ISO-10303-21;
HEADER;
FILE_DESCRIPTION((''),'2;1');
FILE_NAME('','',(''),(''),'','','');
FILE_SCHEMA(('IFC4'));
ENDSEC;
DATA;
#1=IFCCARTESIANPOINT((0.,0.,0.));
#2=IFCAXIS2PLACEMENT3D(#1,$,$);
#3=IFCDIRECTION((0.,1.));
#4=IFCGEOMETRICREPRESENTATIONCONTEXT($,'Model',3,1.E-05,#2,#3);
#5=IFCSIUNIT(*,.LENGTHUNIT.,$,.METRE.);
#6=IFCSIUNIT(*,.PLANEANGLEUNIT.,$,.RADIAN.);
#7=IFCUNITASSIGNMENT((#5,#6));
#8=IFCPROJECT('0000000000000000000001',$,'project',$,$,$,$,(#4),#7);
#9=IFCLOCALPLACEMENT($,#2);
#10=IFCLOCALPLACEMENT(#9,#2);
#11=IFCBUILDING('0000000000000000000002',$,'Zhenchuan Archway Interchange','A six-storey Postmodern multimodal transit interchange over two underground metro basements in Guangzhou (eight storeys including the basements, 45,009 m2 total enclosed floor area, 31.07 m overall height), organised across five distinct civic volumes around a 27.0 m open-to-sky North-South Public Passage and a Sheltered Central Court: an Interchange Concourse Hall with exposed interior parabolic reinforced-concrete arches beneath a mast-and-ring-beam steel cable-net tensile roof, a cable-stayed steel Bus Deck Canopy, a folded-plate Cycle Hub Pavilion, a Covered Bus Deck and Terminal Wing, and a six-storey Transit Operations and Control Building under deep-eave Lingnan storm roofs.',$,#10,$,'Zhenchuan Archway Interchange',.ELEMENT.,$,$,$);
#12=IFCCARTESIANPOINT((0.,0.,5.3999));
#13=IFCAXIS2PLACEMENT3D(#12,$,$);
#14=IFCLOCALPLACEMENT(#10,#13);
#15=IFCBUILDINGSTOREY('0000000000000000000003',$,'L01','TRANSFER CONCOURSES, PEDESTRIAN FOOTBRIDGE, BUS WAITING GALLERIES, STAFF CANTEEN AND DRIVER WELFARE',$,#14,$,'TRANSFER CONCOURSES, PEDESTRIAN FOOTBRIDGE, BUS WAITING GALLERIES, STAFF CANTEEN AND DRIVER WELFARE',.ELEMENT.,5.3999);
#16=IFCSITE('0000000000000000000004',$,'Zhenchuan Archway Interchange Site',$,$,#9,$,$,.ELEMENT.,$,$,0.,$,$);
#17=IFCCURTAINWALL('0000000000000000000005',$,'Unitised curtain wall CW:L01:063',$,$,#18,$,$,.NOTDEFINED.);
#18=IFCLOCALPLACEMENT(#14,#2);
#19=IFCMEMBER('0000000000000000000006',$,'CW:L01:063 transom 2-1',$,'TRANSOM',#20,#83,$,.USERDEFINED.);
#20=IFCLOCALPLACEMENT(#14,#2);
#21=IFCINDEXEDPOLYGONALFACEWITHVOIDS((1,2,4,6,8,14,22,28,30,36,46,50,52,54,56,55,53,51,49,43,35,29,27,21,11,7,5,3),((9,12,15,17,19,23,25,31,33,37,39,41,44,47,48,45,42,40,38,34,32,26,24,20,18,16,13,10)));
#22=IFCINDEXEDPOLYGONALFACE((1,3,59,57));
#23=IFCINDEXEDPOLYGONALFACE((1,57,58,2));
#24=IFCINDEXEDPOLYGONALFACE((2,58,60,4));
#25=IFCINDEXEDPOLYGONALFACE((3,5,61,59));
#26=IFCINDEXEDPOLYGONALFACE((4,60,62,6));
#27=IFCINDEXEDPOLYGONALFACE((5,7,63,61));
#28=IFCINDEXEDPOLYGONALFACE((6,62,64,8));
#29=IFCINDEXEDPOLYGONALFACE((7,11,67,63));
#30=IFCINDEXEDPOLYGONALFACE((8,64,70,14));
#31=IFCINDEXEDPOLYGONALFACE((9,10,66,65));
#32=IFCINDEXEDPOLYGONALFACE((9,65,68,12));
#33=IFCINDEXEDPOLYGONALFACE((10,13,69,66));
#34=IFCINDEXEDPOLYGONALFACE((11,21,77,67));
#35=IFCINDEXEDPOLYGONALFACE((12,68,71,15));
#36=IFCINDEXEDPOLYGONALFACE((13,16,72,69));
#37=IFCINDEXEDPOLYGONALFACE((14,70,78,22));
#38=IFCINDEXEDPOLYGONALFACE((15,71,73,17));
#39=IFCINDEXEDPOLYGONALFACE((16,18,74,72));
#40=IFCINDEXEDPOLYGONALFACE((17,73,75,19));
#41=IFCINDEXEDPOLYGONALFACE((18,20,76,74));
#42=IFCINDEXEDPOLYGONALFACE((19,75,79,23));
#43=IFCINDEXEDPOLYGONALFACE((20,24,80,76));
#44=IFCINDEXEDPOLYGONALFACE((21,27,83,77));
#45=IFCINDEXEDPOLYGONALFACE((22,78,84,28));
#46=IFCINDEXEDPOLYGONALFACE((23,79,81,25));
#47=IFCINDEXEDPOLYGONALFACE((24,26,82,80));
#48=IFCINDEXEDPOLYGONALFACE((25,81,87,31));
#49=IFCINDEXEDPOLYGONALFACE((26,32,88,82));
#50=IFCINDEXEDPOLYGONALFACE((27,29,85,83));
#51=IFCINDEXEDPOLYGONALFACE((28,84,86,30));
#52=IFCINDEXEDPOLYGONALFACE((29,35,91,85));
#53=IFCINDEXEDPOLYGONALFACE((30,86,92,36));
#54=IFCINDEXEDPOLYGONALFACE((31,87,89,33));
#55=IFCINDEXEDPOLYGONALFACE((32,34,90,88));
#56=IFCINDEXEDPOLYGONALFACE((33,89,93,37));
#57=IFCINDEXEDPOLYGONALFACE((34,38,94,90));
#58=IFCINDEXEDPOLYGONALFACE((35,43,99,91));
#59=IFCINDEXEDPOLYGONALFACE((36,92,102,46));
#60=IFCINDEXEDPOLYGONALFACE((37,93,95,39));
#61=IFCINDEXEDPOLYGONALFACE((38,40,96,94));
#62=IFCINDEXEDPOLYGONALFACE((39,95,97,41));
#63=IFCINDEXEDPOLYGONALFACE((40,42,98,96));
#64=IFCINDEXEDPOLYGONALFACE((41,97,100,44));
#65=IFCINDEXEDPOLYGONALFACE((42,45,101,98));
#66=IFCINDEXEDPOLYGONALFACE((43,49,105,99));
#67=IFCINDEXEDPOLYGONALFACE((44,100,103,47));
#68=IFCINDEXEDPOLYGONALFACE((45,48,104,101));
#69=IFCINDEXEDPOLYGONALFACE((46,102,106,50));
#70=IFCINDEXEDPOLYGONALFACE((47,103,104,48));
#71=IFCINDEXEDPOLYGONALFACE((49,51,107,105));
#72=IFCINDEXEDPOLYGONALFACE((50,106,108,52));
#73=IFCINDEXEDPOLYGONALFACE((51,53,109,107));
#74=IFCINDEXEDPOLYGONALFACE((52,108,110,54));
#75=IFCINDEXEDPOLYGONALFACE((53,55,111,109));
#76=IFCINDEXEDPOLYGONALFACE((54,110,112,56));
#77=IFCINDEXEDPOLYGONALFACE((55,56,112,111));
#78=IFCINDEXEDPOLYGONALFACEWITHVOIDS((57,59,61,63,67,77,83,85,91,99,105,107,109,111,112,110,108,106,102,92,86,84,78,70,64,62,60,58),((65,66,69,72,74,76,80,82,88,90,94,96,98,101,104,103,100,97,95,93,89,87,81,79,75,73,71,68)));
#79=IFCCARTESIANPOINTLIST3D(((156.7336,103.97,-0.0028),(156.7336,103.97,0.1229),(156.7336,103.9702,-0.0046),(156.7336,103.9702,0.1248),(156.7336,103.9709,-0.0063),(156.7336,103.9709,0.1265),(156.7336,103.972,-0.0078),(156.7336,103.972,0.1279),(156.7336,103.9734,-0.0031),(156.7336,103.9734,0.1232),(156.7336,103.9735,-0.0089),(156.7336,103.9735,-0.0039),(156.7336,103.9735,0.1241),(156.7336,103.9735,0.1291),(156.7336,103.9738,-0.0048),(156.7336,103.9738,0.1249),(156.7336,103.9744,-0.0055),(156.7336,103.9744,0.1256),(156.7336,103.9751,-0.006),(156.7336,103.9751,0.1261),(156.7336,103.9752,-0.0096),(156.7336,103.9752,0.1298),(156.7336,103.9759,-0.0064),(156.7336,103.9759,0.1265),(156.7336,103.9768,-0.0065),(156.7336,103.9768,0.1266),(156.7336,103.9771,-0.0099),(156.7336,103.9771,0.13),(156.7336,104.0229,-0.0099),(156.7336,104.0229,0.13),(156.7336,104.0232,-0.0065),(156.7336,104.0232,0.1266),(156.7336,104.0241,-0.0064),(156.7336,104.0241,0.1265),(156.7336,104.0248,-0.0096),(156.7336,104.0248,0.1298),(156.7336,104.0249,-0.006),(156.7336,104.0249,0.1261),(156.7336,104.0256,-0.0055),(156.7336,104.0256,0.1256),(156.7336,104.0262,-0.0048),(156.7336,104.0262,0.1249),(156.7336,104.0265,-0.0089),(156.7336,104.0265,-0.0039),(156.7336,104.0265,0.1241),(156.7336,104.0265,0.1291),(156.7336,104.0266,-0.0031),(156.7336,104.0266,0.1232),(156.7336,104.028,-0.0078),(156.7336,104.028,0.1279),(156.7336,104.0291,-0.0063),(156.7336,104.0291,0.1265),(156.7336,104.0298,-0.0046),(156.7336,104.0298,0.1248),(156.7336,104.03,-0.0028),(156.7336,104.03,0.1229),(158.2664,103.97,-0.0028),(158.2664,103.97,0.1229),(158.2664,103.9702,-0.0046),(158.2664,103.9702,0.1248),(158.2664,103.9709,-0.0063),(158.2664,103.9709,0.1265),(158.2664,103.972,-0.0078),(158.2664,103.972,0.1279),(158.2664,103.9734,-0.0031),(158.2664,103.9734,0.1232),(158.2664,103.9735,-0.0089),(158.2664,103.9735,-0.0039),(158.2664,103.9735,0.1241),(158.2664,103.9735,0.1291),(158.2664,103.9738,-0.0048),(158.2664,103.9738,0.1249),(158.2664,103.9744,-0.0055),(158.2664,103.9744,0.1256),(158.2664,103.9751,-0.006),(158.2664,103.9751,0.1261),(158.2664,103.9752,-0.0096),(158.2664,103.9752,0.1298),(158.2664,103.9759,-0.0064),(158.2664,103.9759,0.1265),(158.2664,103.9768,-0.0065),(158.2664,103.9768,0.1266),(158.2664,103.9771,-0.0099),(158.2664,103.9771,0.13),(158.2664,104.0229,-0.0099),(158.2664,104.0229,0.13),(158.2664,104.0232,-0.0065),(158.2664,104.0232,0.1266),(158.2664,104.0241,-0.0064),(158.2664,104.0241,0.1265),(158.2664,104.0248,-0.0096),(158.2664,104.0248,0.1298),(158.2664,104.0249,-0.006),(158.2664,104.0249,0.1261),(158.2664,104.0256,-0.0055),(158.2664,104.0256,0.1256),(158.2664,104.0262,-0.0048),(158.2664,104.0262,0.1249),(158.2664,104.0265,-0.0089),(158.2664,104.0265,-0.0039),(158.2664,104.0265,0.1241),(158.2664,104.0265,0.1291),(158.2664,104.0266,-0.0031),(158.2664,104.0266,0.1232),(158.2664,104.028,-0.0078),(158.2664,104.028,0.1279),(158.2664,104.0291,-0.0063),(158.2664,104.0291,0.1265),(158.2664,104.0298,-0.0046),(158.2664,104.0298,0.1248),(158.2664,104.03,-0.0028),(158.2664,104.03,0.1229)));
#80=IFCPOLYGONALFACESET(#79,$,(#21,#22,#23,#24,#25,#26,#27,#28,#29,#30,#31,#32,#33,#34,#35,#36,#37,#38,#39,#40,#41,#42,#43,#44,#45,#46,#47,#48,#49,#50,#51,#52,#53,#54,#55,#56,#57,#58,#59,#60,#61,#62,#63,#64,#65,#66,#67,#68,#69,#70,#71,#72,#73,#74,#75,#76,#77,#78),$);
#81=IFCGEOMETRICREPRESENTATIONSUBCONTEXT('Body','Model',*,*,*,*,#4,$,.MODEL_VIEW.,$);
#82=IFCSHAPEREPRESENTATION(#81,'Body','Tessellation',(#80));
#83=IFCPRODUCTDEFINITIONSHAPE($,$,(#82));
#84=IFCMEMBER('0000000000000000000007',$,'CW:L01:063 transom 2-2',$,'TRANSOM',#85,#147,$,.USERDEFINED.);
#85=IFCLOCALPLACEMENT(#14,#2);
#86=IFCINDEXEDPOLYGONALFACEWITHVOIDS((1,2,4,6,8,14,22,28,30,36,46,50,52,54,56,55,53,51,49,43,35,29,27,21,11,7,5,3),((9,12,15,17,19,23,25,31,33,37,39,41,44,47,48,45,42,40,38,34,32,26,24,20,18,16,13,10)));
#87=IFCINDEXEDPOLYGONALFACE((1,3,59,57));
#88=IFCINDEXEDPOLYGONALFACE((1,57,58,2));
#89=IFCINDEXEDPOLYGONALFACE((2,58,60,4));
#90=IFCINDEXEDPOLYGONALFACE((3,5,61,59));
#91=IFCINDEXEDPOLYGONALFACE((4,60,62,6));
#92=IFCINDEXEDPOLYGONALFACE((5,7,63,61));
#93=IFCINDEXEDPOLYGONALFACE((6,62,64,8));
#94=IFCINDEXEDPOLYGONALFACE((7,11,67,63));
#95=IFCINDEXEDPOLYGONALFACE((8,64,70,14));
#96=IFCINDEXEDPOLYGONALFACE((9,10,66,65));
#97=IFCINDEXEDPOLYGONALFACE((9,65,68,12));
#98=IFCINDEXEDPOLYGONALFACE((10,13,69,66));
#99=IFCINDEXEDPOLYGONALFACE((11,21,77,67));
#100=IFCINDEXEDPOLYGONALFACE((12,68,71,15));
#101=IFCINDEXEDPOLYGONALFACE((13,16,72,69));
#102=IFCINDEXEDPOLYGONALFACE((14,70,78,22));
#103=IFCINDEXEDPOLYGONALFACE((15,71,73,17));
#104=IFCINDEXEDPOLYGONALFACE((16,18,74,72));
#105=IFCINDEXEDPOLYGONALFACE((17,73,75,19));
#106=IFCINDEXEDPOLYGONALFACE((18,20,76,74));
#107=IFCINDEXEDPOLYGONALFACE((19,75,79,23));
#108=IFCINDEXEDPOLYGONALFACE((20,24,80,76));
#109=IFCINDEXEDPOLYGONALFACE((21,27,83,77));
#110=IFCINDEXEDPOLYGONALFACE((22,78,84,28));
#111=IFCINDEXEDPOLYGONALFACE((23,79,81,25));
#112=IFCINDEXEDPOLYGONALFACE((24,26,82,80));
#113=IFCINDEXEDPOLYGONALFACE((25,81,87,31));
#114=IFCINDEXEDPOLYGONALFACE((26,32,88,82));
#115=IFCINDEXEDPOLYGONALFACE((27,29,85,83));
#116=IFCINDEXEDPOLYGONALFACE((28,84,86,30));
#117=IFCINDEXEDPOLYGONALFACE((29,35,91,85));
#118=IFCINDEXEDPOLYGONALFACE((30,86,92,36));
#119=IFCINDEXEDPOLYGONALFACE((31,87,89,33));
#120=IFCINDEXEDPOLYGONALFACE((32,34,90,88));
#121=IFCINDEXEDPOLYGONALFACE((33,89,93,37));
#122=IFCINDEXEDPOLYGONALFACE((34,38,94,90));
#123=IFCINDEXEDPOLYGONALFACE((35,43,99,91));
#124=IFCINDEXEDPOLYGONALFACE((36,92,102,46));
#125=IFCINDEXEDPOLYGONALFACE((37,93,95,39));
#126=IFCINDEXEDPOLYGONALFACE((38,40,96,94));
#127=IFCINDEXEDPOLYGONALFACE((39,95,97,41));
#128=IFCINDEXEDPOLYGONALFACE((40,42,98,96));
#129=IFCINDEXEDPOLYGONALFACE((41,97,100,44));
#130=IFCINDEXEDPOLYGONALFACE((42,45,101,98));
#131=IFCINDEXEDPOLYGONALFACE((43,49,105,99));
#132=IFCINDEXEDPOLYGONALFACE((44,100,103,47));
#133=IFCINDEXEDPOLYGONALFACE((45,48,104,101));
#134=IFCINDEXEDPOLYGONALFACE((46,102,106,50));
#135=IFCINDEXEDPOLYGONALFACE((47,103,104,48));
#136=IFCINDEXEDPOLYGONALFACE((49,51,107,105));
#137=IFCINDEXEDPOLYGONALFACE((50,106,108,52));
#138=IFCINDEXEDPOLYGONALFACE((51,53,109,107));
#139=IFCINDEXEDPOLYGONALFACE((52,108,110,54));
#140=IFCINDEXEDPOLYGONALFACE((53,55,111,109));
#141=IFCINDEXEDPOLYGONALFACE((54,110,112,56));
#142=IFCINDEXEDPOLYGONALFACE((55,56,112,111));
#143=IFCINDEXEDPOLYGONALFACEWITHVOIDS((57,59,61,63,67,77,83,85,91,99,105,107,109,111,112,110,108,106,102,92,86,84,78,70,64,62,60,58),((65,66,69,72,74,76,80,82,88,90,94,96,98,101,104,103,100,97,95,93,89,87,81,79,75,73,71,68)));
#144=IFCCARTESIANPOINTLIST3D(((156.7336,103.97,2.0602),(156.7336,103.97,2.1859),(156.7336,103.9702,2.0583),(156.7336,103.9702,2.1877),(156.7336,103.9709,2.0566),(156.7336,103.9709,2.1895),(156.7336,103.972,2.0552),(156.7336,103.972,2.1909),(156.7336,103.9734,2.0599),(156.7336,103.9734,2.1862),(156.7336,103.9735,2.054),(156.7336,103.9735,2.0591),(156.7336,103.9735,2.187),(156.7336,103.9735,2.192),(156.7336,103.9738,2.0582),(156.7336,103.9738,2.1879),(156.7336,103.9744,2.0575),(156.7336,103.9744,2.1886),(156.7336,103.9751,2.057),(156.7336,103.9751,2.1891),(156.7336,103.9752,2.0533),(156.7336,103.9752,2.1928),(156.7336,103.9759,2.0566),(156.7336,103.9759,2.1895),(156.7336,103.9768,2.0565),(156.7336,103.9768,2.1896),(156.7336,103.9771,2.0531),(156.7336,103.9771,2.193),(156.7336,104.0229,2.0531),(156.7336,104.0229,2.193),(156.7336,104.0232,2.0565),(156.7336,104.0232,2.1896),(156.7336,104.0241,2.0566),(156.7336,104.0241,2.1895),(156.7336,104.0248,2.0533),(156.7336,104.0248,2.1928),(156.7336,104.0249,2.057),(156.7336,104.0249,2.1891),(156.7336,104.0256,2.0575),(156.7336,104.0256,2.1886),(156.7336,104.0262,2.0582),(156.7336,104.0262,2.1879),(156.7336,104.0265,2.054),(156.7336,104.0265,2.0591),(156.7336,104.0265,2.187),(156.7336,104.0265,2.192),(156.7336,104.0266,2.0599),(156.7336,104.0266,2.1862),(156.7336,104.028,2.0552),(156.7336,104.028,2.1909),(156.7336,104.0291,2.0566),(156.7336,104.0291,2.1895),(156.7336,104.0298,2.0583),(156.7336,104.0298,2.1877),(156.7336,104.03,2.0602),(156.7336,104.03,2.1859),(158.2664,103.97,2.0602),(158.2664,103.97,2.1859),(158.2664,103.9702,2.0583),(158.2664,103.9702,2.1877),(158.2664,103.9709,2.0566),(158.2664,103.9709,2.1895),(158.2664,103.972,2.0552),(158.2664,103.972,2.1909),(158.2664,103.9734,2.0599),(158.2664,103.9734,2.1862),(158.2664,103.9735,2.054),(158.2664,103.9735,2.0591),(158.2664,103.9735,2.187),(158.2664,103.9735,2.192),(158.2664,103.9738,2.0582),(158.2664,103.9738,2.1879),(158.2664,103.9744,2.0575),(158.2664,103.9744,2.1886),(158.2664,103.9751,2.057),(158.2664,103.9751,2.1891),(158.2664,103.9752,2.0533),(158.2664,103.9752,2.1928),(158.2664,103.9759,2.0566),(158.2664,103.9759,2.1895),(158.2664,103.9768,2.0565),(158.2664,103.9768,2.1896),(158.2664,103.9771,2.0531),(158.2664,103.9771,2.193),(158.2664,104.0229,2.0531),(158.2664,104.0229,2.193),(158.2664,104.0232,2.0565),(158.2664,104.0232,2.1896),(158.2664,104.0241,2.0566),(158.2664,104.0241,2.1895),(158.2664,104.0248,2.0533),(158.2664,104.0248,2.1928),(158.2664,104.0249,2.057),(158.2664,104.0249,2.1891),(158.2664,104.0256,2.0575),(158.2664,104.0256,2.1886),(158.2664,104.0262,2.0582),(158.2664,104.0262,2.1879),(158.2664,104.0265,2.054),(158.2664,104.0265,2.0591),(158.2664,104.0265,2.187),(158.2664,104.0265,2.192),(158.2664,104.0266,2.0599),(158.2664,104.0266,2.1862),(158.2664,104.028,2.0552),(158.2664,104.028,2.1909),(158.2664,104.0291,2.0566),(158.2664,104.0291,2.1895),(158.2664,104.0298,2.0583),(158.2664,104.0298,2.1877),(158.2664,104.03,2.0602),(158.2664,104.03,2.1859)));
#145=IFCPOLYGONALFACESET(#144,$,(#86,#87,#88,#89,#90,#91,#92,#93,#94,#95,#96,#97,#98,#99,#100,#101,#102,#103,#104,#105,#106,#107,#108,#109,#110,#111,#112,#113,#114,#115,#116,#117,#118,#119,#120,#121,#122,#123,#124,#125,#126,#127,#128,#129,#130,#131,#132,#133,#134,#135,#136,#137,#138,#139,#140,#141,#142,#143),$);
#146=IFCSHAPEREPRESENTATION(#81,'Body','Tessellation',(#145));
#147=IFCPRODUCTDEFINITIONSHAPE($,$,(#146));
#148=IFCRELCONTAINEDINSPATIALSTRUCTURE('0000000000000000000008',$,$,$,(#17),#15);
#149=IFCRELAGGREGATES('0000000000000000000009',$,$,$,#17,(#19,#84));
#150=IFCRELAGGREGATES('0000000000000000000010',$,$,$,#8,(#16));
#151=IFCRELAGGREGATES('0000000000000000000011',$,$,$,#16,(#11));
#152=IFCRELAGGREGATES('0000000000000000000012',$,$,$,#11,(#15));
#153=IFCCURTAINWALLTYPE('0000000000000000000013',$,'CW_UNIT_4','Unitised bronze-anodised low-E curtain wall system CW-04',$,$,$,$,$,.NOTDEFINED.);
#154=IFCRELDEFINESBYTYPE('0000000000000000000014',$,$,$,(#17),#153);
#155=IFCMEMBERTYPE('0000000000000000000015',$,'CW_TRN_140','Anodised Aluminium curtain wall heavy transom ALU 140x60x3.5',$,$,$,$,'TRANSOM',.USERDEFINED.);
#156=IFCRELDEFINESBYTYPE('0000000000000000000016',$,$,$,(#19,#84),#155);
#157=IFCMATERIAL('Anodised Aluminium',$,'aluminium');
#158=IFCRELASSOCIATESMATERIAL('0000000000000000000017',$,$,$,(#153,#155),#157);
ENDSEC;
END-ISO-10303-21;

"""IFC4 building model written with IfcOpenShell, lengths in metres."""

from ifc_helpers import new_model, si_unit, direction, frame, origin, origin_2d, place, context, subcontext, project, spatial, hollow_rectangle, extrude, material, material_profile, profile_set, type_object, element, aggregate, save


model = new_model("IFC4")

# Units and contexts
model_context = context("Model", 3, precision=1e-05, world=origin(), true_north=direction((0.0, 1.0)))
body_context = subcontext(model_context, "Body", "Model", "MODEL_VIEW")
ifc_project = project(units=[si_unit("LENGTHUNIT", "METRE"), si_unit("PLANEANGLEUNIT", "RADIAN")], contexts=[model_context])

# Site, building, storey
site_placement = place(None, origin())
site = spatial("IfcSite", under=ifc_project, at=site_placement, Name="Zhenchuan Archway Interchange Site", CompositionType="ELEMENT", RefElevation=0.0)
building_placement = place(site_placement, origin())
building = spatial("IfcBuilding", under=site, at=building_placement, Name="Zhenchuan Archway Interchange", Description="A six-storey Postmodern multimodal transit interchange over two underground metro basements in Guangzhou (eight storeys including the basements, 45,009 m2 total enclosed floor area, 31.07 m overall height), organised across five distinct civic volumes around a 27.0 m open-to-sky North-South Public Passage and a Sheltered Central Court: an Interchange Concourse Hall with exposed interior parabolic reinforced-concrete arches beneath a mast-and-ring-beam steel cable-net tensile roof, a cable-stayed steel Bus Deck Canopy, a folded-plate Cycle Hub Pavilion, a Covered Bus Deck and Terminal Wing, and a six-storey Transit Operations and Control Building under deep-eave Lingnan storm roofs.", LongName="Zhenchuan Archway Interchange", CompositionType="ELEMENT")
storey_placement = place(building_placement, frame((0.0, 0.0, 5.3999)))
storey = spatial("IfcBuildingStorey", under=building, at=storey_placement, Name="L01", Description="TRANSFER CONCOURSES, PEDESTRIAN FOOTBRIDGE, BUS WAITING GALLERIES, STAFF CANTEEN AND DRIVER WELFARE", LongName="TRANSFER CONCOURSES, PEDESTRIAN FOOTBRIDGE, BUS WAITING GALLERIES, STAFF CANTEEN AND DRIVER WELFARE", CompositionType="ELEMENT", Elevation=5.3999)

# Curtain wall, members
ifc_material_1 = material(Name="Anodised Aluminium", Category="aluminium")
curtain_wall_type = type_object("IfcCurtainWallType", Name="CW_UNIT_4", Description="Unitised bronze-anodised low-E curtain wall system CW-04", PredefinedType="NOTDEFINED", material=ifc_material_1)
curtain_wall_placement = place(storey_placement, origin())
curtain_wall = element("IfcCurtainWall", 1, at=curtain_wall_placement, inside=storey, type_object=curtain_wall_type, Name="Unitised curtain wall CW:L01:063", PredefinedType="NOTDEFINED")
ifc_material_profile_1 = material_profile(ifc_material_1, hollow_rectangle(XDim=0.0601, YDim=0.1399, WallThickness=0.0034, InnerFilletRadius=0.0034, OuterFilletRadius=0.0071, at=origin_2d()), Name="ALU 140x60x3.5")
ifc_profile_set_1 = profile_set([ifc_material_profile_1], Name="Anodised Aluminium")
member_type_1 = type_object("IfcMemberType", Name="CW_TRN_140", Description="Anodised Aluminium curtain wall heavy transom ALU 140x60x3.5", ElementType="TRANSOM", PredefinedType="USERDEFINED", material=ifc_profile_set_1)
member_1_placement = place(storey_placement, frame((156.7336, 104.0, 0.0601), z_axis=(1.0, 0.0, 0.0), x_axis=(0.0, 1.0, 0.0)))
member_1 = element("IfcMember", 2, at=member_1_placement, type_object=member_type_1, Name="CW:L01:063 transom 2-1", ObjectType="TRANSOM", PredefinedType="USERDEFINED", context=body_context, shape_type="SweptSolid", body=[
    extrude(hollow_rectangle(XDim=0.0601, YDim=0.1399, WallThickness=0.0034, InnerFilletRadius=0.0034, OuterFilletRadius=0.0071, at=origin_2d()), origin(), (0.0, 0.0, 1.0), 1.5327),
])
member_2_placement = place(storey_placement, frame((156.7336, 104.0, 2.123), z_axis=(1.0, 0.0, 0.0), x_axis=(0.0, 1.0, 0.0)))
member_2 = element("IfcMember", 3, at=member_2_placement, type_object=member_type_1, Name="CW:L01:063 transom 2-2", ObjectType="TRANSOM", PredefinedType="USERDEFINED", context=body_context, shape_type="SweptSolid", body=[
    extrude(hollow_rectangle(XDim=0.0601, YDim=0.1399, WallThickness=0.0034, InnerFilletRadius=0.0034, OuterFilletRadius=0.0071, at=origin_2d()), origin(), (0.0, 0.0, 1.0), 1.5327),
])
aggregate(curtain_wall, [member_1, member_2])

save(model, "model.ifc")
